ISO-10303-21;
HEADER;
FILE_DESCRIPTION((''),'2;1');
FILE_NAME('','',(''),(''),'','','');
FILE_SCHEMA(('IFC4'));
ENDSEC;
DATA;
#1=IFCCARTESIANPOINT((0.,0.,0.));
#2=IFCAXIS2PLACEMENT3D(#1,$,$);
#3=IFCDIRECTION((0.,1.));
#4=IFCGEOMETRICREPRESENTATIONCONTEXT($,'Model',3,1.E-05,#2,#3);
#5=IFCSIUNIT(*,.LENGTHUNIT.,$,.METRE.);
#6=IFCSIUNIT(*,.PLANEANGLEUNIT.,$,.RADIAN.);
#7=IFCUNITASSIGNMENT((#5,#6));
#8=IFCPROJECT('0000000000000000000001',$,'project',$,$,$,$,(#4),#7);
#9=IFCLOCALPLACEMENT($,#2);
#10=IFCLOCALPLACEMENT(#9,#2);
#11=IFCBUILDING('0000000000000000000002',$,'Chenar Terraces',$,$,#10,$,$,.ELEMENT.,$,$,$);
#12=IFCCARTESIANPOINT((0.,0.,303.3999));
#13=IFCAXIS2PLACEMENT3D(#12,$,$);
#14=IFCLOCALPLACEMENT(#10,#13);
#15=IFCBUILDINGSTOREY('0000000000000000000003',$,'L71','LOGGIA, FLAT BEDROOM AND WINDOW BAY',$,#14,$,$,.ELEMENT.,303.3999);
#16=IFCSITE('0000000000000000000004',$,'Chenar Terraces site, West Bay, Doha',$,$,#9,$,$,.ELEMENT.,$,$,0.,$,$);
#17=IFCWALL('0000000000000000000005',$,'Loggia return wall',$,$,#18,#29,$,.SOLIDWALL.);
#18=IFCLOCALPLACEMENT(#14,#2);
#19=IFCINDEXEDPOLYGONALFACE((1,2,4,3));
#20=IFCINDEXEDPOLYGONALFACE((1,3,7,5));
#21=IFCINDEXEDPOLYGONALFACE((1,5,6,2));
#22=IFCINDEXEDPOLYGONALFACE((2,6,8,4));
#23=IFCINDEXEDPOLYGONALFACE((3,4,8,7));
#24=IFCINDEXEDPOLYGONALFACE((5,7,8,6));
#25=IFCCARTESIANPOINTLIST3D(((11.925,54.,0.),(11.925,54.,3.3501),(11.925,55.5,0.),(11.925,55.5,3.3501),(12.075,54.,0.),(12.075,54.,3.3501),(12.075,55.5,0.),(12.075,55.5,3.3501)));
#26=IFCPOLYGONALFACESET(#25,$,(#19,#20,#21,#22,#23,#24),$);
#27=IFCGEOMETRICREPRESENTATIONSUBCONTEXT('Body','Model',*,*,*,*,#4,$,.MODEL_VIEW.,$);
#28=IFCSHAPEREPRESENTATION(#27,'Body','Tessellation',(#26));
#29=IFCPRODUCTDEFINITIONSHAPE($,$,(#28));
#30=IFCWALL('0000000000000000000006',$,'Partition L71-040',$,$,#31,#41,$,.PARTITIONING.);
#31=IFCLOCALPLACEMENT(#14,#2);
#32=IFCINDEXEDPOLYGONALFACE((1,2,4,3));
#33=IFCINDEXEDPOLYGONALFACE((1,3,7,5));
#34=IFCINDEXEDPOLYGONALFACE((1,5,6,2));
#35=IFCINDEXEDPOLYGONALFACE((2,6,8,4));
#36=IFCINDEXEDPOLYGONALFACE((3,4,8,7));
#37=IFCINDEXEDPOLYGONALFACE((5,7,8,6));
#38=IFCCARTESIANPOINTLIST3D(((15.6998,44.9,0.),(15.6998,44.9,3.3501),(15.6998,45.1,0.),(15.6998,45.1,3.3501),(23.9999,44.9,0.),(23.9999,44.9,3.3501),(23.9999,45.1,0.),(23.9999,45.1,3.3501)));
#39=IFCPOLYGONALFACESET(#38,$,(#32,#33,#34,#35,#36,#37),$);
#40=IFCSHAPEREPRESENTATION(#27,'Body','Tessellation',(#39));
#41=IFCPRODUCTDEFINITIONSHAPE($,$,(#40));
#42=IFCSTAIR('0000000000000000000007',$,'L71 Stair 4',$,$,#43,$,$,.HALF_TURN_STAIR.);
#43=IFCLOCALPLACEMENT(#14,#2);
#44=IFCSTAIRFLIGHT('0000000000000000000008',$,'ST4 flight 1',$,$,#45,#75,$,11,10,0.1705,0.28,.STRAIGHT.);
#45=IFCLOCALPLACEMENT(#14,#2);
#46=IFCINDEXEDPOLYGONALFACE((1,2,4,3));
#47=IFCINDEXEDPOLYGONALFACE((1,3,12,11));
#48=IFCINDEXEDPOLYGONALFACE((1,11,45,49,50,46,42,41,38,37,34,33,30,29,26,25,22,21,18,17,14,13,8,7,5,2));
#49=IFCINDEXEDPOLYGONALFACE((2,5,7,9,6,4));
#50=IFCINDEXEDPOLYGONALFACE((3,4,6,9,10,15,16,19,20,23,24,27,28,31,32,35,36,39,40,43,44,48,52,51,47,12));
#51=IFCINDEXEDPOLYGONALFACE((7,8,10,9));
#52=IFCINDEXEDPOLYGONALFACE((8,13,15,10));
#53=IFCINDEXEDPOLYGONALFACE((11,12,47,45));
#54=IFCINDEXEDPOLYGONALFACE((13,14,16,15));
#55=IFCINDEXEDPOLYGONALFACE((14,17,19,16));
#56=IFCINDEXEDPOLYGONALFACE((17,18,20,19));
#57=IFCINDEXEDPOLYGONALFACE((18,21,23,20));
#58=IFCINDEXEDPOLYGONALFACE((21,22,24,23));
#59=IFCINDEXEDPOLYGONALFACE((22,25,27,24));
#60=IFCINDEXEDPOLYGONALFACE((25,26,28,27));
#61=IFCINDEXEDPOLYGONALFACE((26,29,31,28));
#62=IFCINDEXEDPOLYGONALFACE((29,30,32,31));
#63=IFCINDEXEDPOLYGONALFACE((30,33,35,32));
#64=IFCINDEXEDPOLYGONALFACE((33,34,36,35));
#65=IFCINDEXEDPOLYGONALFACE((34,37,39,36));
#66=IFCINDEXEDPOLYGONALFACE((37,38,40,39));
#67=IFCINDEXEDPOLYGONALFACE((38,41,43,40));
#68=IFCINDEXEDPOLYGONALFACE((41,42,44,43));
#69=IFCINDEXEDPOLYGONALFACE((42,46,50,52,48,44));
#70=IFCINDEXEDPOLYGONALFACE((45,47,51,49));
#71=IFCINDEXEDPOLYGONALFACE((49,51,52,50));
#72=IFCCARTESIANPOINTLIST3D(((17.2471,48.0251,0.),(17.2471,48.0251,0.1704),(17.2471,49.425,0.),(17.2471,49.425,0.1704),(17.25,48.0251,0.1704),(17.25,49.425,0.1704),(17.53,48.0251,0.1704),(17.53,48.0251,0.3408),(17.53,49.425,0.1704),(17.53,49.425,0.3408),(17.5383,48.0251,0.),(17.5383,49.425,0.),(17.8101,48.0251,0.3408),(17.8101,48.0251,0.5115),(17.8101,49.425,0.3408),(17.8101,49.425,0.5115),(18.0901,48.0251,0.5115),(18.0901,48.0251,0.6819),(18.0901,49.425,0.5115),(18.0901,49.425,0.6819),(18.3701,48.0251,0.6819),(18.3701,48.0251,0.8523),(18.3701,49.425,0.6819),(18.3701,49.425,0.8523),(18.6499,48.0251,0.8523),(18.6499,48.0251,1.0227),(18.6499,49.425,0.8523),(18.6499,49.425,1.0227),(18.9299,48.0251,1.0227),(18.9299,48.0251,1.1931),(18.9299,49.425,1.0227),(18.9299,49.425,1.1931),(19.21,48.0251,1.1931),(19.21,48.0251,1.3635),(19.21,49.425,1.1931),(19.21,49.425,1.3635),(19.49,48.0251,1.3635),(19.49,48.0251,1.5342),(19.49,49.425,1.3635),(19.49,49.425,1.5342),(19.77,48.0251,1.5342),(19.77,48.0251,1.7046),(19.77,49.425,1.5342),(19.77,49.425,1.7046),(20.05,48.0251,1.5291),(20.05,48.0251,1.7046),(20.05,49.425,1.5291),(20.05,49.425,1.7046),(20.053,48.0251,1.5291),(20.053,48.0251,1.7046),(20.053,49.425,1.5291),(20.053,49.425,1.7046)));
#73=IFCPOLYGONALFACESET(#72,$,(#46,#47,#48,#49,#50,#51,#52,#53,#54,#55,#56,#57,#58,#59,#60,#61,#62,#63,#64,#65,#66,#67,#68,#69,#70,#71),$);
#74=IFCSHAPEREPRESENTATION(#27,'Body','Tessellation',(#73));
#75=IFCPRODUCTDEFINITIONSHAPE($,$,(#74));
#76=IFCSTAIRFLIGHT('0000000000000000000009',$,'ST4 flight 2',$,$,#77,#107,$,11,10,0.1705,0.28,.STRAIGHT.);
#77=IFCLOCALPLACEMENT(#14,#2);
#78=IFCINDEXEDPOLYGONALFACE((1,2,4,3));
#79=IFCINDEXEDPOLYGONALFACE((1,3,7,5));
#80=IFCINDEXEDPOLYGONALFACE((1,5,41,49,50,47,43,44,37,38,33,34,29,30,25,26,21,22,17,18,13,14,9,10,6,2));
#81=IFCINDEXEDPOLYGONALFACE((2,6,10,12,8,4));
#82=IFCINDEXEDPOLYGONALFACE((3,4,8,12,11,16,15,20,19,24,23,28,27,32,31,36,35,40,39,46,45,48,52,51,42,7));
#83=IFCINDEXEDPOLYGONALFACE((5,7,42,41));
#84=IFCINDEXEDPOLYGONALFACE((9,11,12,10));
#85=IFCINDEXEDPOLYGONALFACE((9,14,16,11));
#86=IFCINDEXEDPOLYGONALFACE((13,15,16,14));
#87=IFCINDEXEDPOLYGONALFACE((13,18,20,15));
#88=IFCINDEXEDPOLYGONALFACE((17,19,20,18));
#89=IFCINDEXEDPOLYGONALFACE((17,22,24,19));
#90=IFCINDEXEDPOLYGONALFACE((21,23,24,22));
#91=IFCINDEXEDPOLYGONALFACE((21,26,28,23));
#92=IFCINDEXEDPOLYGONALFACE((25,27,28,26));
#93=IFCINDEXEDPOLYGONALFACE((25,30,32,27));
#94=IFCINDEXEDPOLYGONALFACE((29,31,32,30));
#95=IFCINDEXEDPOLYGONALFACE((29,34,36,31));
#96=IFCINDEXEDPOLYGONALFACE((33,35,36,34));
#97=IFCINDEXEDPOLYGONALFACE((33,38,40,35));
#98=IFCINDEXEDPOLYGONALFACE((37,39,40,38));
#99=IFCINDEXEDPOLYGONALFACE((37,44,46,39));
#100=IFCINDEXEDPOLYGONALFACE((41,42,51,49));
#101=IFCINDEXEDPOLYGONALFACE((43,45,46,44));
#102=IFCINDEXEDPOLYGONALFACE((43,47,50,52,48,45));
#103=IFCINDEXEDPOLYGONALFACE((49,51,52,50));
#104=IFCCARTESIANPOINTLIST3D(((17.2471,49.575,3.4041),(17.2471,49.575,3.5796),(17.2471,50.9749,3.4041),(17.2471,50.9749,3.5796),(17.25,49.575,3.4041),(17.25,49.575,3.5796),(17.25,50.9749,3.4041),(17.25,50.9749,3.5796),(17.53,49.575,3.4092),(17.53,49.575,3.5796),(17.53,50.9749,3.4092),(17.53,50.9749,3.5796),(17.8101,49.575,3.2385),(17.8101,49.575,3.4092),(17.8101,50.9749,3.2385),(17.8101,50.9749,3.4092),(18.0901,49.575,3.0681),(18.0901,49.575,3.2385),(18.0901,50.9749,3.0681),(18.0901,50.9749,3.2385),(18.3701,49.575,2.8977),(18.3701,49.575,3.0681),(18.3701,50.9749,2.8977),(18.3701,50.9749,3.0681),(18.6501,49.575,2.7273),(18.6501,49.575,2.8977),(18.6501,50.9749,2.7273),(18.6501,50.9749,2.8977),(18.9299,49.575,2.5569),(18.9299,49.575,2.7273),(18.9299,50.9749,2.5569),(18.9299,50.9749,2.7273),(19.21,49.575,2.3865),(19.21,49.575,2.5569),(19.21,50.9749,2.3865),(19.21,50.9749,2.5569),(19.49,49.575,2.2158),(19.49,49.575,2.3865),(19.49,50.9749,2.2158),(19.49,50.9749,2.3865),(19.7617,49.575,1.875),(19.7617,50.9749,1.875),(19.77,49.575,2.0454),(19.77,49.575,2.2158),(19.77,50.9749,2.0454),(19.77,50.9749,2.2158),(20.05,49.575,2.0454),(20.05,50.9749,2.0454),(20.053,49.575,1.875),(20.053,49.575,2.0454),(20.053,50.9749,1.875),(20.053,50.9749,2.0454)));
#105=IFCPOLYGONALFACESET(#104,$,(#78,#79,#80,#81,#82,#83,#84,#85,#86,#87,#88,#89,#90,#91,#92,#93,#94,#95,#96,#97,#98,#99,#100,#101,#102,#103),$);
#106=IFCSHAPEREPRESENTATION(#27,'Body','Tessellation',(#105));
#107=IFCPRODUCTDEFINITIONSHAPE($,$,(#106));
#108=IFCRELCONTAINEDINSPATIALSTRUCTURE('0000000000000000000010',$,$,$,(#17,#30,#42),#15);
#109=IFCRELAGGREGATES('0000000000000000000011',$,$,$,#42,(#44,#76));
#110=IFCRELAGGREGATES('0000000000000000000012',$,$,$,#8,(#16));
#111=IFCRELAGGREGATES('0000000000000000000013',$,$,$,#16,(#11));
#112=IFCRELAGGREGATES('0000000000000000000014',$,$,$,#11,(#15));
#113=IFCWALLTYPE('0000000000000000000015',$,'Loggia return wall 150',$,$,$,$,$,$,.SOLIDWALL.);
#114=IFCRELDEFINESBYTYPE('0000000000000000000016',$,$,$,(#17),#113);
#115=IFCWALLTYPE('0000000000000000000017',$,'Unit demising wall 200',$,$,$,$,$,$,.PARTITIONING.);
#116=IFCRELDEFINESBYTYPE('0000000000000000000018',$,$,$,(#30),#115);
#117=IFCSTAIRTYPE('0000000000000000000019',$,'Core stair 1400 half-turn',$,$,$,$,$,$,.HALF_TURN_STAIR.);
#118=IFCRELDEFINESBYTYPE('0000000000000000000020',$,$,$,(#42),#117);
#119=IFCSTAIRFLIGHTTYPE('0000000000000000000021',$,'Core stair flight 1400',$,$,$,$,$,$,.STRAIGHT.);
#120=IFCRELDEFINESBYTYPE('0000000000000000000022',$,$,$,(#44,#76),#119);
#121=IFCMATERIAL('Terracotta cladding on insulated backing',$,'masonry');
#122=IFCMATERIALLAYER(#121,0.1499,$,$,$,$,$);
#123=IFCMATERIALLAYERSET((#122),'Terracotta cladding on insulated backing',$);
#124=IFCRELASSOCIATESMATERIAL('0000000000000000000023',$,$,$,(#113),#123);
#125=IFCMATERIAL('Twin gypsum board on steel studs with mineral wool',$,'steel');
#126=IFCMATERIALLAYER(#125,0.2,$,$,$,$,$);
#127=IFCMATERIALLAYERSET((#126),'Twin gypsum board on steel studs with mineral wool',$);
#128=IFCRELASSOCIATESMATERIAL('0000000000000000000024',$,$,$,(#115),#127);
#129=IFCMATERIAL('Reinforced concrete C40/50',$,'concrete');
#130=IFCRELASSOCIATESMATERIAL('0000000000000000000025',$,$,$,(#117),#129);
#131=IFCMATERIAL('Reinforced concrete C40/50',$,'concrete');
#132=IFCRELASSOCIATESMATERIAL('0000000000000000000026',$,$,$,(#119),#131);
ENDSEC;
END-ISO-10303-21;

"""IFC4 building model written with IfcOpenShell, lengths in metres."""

from ifc_helpers import new_model, si_unit, direction, frame, frame_2d, origin, place, context, subcontext, project, spatial, polyline, rectangle, outline, extrude, material, layer, layer_set, type_object, element, aggregate, save


model = new_model("IFC4")

# Units and contexts
model_context = context("Model", 3, precision=1e-05, world=origin(), true_north=direction((0.0, 1.0)))
body_context = subcontext(model_context, "Body", "Model", "MODEL_VIEW")
ifc_project = project(units=[si_unit("LENGTHUNIT", "METRE"), si_unit("PLANEANGLEUNIT", "RADIAN")], contexts=[model_context])

# Site, building, storey
site_placement = place(None, origin())
site = spatial("IfcSite", under=ifc_project, at=site_placement, Name="Chenar Terraces site, West Bay, Doha", CompositionType="ELEMENT", RefElevation=0.0)
building_placement = place(site_placement, origin())
building = spatial("IfcBuilding", under=site, at=building_placement, Name="Chenar Terraces", CompositionType="ELEMENT")
storey_placement = place(building_placement, frame((0.0, 0.0, 303.3999)))
storey = spatial("IfcBuildingStorey", under=building, at=storey_placement, Name="L71", Description="LOGGIA, FLAT BEDROOM AND WINDOW BAY", CompositionType="ELEMENT", Elevation=303.3999)

# Walls
ifc_material_1 = material(Name="Terracotta cladding on insulated backing", Category="masonry")
ifc_layer_1 = layer(ifc_material_1, 0.1499)
ifc_layer_set_1 = layer_set([ifc_layer_1], Name="Terracotta cladding on insulated backing")
wall_type_1 = type_object("IfcWallType", Name="Loggia return wall 150", PredefinedType="SOLIDWALL", material=ifc_layer_set_1)
wall_1_placement = place(storey_placement, frame((12.0, 55.5, 0.0), z_axis=(0.0, 0.0, 1.0), x_axis=(0.0, -1.0, 0.0)))
element("IfcWall", 1, at=wall_1_placement, inside=storey, type_object=wall_type_1, Name="Loggia return wall", PredefinedType="SOLIDWALL", context=body_context, shape_type="SweptSolid", body=[
    extrude(rectangle(XDim=1.5, YDim=0.1499, at=frame_2d((0.75, 0.0))), origin(), (0.0, 0.0, 1.0), 3.3501),
])
ifc_material_2 = material(Name="Twin gypsum board on steel studs with mineral wool", Category="steel")
ifc_layer_2 = layer(ifc_material_2, 0.2)
ifc_layer_set_2 = layer_set([ifc_layer_2], Name="Twin gypsum board on steel studs with mineral wool")
wall_type_2 = type_object("IfcWallType", Name="Unit demising wall 200", PredefinedType="PARTITIONING", material=ifc_layer_set_2)
wall_2_placement = place(storey_placement, frame((15.7, 45.0, 0.0), z_axis=(0.0, 0.0, 1.0), x_axis=(1.0, 0.0, 0.0)))
element("IfcWall", 2, at=wall_2_placement, inside=storey, type_object=wall_type_2, Name="Partition L71-040", PredefinedType="PARTITIONING", context=body_context, shape_type="SweptSolid", body=[
    extrude(rectangle(XDim=8.3, YDim=0.2, at=frame_2d((4.1499, 0.0))), origin(), (0.0, 0.0, 1.0), 3.3501),
])

# Stair, stair flights
ifc_material_3 = material(Name="Reinforced concrete C40/50", Category="concrete")
stair_type = type_object("IfcStairType", Name="Core stair 1400 half-turn", PredefinedType="HALF_TURN_STAIR", material=ifc_material_3)
stair_placement = place(storey_placement, origin())
stair = element("IfcStair", 3, at=stair_placement, inside=storey, type_object=stair_type, Name="L71 Stair 4", PredefinedType="HALF_TURN_STAIR")
ifc_material_4 = material(Name="Reinforced concrete C40/50", Category="concrete")
stair_flight_type = type_object("IfcStairFlightType", Name="Core stair flight 1400", PredefinedType="STRAIGHT", material=ifc_material_4)
stair_flight_1_placement = place(storey_placement, frame((17.25, 48.7251, 0.0), z_axis=(0.0, 0.0, 1.0), x_axis=(1.0, 0.0, 0.0)))
stair_flight_1 = element("IfcStairFlight", 4, at=stair_flight_1_placement, type_object=stair_flight_type, Name="ST4 flight 1", NumberOfRisers=11, NumberOfTreads=10, PredefinedType="STRAIGHT", RiserHeight=0.1705, TreadLength=0.28, context=body_context, shape_type="SweptSolid", body=[
    extrude(outline(polyline([(-0.0029, 0.0), (-0.0029, 0.1704), (0.0, 0.1704), (0.28, 0.1704), (0.28, 0.3408), (0.5601, 0.3408), (0.5601, 0.5115), (0.8401, 0.5115), (0.8401, 0.6819), (1.1201, 0.6819), (1.1201, 0.8523), (1.3999, 0.8523), (1.3999, 1.0227), (1.6799, 1.0227), (1.6799, 1.1931), (1.96, 1.1931), (1.96, 1.3635), (2.24, 1.3635), (2.24, 1.5342), (2.52, 1.5342), (2.52, 1.7046), (2.8, 1.7046), (2.803, 1.7046), (2.803, 1.5291), (2.8, 1.5291), (0.2883, 0.0), (-0.0029, 0.0)])), frame((0.0, 0.7, 0.0), z_axis=(0.0, -1.0, 0.0), x_axis=(1.0, 0.0, 0.0)), (0.0, 0.0, 1.0), 1.3999),
])
stair_flight_2_placement = place(storey_placement, frame((20.05, 50.2749, 1.875), z_axis=(0.0, 0.0, 1.0), x_axis=(-1.0, 0.0, 0.0)))
stair_flight_2 = element("IfcStairFlight", 5, at=stair_flight_2_placement, type_object=stair_flight_type, Name="ST4 flight 2", NumberOfRisers=11, NumberOfTreads=10, PredefinedType="STRAIGHT", RiserHeight=0.1705, TreadLength=0.28, context=body_context, shape_type="SweptSolid", body=[
    extrude(outline(polyline([(-0.0029, 0.0), (-0.0029, 0.1704), (0.0, 0.1704), (0.28, 0.1704), (0.28, 0.3408), (0.5601, 0.3408), (0.5601, 0.5115), (0.8401, 0.5115), (0.8401, 0.6819), (1.1201, 0.6819), (1.1201, 0.8523), (1.3999, 0.8523), (1.3999, 1.0227), (1.6799, 1.0227), (1.6799, 1.1931), (1.96, 1.1931), (1.96, 1.3635), (2.24, 1.3635), (2.24, 1.5342), (2.52, 1.5342), (2.52, 1.7046), (2.8, 1.7046), (2.803, 1.7046), (2.803, 1.5291), (2.8, 1.5291), (0.2883, 0.0), (-0.0029, 0.0)])), frame((0.0, 0.7, 0.0), z_axis=(0.0, -1.0, 0.0), x_axis=(1.0, 0.0, 0.0)), (0.0, 0.0, 1.0), 1.3999),
])
aggregate(stair, [stair_flight_1, stair_flight_2])

save(model, "model.ifc")
